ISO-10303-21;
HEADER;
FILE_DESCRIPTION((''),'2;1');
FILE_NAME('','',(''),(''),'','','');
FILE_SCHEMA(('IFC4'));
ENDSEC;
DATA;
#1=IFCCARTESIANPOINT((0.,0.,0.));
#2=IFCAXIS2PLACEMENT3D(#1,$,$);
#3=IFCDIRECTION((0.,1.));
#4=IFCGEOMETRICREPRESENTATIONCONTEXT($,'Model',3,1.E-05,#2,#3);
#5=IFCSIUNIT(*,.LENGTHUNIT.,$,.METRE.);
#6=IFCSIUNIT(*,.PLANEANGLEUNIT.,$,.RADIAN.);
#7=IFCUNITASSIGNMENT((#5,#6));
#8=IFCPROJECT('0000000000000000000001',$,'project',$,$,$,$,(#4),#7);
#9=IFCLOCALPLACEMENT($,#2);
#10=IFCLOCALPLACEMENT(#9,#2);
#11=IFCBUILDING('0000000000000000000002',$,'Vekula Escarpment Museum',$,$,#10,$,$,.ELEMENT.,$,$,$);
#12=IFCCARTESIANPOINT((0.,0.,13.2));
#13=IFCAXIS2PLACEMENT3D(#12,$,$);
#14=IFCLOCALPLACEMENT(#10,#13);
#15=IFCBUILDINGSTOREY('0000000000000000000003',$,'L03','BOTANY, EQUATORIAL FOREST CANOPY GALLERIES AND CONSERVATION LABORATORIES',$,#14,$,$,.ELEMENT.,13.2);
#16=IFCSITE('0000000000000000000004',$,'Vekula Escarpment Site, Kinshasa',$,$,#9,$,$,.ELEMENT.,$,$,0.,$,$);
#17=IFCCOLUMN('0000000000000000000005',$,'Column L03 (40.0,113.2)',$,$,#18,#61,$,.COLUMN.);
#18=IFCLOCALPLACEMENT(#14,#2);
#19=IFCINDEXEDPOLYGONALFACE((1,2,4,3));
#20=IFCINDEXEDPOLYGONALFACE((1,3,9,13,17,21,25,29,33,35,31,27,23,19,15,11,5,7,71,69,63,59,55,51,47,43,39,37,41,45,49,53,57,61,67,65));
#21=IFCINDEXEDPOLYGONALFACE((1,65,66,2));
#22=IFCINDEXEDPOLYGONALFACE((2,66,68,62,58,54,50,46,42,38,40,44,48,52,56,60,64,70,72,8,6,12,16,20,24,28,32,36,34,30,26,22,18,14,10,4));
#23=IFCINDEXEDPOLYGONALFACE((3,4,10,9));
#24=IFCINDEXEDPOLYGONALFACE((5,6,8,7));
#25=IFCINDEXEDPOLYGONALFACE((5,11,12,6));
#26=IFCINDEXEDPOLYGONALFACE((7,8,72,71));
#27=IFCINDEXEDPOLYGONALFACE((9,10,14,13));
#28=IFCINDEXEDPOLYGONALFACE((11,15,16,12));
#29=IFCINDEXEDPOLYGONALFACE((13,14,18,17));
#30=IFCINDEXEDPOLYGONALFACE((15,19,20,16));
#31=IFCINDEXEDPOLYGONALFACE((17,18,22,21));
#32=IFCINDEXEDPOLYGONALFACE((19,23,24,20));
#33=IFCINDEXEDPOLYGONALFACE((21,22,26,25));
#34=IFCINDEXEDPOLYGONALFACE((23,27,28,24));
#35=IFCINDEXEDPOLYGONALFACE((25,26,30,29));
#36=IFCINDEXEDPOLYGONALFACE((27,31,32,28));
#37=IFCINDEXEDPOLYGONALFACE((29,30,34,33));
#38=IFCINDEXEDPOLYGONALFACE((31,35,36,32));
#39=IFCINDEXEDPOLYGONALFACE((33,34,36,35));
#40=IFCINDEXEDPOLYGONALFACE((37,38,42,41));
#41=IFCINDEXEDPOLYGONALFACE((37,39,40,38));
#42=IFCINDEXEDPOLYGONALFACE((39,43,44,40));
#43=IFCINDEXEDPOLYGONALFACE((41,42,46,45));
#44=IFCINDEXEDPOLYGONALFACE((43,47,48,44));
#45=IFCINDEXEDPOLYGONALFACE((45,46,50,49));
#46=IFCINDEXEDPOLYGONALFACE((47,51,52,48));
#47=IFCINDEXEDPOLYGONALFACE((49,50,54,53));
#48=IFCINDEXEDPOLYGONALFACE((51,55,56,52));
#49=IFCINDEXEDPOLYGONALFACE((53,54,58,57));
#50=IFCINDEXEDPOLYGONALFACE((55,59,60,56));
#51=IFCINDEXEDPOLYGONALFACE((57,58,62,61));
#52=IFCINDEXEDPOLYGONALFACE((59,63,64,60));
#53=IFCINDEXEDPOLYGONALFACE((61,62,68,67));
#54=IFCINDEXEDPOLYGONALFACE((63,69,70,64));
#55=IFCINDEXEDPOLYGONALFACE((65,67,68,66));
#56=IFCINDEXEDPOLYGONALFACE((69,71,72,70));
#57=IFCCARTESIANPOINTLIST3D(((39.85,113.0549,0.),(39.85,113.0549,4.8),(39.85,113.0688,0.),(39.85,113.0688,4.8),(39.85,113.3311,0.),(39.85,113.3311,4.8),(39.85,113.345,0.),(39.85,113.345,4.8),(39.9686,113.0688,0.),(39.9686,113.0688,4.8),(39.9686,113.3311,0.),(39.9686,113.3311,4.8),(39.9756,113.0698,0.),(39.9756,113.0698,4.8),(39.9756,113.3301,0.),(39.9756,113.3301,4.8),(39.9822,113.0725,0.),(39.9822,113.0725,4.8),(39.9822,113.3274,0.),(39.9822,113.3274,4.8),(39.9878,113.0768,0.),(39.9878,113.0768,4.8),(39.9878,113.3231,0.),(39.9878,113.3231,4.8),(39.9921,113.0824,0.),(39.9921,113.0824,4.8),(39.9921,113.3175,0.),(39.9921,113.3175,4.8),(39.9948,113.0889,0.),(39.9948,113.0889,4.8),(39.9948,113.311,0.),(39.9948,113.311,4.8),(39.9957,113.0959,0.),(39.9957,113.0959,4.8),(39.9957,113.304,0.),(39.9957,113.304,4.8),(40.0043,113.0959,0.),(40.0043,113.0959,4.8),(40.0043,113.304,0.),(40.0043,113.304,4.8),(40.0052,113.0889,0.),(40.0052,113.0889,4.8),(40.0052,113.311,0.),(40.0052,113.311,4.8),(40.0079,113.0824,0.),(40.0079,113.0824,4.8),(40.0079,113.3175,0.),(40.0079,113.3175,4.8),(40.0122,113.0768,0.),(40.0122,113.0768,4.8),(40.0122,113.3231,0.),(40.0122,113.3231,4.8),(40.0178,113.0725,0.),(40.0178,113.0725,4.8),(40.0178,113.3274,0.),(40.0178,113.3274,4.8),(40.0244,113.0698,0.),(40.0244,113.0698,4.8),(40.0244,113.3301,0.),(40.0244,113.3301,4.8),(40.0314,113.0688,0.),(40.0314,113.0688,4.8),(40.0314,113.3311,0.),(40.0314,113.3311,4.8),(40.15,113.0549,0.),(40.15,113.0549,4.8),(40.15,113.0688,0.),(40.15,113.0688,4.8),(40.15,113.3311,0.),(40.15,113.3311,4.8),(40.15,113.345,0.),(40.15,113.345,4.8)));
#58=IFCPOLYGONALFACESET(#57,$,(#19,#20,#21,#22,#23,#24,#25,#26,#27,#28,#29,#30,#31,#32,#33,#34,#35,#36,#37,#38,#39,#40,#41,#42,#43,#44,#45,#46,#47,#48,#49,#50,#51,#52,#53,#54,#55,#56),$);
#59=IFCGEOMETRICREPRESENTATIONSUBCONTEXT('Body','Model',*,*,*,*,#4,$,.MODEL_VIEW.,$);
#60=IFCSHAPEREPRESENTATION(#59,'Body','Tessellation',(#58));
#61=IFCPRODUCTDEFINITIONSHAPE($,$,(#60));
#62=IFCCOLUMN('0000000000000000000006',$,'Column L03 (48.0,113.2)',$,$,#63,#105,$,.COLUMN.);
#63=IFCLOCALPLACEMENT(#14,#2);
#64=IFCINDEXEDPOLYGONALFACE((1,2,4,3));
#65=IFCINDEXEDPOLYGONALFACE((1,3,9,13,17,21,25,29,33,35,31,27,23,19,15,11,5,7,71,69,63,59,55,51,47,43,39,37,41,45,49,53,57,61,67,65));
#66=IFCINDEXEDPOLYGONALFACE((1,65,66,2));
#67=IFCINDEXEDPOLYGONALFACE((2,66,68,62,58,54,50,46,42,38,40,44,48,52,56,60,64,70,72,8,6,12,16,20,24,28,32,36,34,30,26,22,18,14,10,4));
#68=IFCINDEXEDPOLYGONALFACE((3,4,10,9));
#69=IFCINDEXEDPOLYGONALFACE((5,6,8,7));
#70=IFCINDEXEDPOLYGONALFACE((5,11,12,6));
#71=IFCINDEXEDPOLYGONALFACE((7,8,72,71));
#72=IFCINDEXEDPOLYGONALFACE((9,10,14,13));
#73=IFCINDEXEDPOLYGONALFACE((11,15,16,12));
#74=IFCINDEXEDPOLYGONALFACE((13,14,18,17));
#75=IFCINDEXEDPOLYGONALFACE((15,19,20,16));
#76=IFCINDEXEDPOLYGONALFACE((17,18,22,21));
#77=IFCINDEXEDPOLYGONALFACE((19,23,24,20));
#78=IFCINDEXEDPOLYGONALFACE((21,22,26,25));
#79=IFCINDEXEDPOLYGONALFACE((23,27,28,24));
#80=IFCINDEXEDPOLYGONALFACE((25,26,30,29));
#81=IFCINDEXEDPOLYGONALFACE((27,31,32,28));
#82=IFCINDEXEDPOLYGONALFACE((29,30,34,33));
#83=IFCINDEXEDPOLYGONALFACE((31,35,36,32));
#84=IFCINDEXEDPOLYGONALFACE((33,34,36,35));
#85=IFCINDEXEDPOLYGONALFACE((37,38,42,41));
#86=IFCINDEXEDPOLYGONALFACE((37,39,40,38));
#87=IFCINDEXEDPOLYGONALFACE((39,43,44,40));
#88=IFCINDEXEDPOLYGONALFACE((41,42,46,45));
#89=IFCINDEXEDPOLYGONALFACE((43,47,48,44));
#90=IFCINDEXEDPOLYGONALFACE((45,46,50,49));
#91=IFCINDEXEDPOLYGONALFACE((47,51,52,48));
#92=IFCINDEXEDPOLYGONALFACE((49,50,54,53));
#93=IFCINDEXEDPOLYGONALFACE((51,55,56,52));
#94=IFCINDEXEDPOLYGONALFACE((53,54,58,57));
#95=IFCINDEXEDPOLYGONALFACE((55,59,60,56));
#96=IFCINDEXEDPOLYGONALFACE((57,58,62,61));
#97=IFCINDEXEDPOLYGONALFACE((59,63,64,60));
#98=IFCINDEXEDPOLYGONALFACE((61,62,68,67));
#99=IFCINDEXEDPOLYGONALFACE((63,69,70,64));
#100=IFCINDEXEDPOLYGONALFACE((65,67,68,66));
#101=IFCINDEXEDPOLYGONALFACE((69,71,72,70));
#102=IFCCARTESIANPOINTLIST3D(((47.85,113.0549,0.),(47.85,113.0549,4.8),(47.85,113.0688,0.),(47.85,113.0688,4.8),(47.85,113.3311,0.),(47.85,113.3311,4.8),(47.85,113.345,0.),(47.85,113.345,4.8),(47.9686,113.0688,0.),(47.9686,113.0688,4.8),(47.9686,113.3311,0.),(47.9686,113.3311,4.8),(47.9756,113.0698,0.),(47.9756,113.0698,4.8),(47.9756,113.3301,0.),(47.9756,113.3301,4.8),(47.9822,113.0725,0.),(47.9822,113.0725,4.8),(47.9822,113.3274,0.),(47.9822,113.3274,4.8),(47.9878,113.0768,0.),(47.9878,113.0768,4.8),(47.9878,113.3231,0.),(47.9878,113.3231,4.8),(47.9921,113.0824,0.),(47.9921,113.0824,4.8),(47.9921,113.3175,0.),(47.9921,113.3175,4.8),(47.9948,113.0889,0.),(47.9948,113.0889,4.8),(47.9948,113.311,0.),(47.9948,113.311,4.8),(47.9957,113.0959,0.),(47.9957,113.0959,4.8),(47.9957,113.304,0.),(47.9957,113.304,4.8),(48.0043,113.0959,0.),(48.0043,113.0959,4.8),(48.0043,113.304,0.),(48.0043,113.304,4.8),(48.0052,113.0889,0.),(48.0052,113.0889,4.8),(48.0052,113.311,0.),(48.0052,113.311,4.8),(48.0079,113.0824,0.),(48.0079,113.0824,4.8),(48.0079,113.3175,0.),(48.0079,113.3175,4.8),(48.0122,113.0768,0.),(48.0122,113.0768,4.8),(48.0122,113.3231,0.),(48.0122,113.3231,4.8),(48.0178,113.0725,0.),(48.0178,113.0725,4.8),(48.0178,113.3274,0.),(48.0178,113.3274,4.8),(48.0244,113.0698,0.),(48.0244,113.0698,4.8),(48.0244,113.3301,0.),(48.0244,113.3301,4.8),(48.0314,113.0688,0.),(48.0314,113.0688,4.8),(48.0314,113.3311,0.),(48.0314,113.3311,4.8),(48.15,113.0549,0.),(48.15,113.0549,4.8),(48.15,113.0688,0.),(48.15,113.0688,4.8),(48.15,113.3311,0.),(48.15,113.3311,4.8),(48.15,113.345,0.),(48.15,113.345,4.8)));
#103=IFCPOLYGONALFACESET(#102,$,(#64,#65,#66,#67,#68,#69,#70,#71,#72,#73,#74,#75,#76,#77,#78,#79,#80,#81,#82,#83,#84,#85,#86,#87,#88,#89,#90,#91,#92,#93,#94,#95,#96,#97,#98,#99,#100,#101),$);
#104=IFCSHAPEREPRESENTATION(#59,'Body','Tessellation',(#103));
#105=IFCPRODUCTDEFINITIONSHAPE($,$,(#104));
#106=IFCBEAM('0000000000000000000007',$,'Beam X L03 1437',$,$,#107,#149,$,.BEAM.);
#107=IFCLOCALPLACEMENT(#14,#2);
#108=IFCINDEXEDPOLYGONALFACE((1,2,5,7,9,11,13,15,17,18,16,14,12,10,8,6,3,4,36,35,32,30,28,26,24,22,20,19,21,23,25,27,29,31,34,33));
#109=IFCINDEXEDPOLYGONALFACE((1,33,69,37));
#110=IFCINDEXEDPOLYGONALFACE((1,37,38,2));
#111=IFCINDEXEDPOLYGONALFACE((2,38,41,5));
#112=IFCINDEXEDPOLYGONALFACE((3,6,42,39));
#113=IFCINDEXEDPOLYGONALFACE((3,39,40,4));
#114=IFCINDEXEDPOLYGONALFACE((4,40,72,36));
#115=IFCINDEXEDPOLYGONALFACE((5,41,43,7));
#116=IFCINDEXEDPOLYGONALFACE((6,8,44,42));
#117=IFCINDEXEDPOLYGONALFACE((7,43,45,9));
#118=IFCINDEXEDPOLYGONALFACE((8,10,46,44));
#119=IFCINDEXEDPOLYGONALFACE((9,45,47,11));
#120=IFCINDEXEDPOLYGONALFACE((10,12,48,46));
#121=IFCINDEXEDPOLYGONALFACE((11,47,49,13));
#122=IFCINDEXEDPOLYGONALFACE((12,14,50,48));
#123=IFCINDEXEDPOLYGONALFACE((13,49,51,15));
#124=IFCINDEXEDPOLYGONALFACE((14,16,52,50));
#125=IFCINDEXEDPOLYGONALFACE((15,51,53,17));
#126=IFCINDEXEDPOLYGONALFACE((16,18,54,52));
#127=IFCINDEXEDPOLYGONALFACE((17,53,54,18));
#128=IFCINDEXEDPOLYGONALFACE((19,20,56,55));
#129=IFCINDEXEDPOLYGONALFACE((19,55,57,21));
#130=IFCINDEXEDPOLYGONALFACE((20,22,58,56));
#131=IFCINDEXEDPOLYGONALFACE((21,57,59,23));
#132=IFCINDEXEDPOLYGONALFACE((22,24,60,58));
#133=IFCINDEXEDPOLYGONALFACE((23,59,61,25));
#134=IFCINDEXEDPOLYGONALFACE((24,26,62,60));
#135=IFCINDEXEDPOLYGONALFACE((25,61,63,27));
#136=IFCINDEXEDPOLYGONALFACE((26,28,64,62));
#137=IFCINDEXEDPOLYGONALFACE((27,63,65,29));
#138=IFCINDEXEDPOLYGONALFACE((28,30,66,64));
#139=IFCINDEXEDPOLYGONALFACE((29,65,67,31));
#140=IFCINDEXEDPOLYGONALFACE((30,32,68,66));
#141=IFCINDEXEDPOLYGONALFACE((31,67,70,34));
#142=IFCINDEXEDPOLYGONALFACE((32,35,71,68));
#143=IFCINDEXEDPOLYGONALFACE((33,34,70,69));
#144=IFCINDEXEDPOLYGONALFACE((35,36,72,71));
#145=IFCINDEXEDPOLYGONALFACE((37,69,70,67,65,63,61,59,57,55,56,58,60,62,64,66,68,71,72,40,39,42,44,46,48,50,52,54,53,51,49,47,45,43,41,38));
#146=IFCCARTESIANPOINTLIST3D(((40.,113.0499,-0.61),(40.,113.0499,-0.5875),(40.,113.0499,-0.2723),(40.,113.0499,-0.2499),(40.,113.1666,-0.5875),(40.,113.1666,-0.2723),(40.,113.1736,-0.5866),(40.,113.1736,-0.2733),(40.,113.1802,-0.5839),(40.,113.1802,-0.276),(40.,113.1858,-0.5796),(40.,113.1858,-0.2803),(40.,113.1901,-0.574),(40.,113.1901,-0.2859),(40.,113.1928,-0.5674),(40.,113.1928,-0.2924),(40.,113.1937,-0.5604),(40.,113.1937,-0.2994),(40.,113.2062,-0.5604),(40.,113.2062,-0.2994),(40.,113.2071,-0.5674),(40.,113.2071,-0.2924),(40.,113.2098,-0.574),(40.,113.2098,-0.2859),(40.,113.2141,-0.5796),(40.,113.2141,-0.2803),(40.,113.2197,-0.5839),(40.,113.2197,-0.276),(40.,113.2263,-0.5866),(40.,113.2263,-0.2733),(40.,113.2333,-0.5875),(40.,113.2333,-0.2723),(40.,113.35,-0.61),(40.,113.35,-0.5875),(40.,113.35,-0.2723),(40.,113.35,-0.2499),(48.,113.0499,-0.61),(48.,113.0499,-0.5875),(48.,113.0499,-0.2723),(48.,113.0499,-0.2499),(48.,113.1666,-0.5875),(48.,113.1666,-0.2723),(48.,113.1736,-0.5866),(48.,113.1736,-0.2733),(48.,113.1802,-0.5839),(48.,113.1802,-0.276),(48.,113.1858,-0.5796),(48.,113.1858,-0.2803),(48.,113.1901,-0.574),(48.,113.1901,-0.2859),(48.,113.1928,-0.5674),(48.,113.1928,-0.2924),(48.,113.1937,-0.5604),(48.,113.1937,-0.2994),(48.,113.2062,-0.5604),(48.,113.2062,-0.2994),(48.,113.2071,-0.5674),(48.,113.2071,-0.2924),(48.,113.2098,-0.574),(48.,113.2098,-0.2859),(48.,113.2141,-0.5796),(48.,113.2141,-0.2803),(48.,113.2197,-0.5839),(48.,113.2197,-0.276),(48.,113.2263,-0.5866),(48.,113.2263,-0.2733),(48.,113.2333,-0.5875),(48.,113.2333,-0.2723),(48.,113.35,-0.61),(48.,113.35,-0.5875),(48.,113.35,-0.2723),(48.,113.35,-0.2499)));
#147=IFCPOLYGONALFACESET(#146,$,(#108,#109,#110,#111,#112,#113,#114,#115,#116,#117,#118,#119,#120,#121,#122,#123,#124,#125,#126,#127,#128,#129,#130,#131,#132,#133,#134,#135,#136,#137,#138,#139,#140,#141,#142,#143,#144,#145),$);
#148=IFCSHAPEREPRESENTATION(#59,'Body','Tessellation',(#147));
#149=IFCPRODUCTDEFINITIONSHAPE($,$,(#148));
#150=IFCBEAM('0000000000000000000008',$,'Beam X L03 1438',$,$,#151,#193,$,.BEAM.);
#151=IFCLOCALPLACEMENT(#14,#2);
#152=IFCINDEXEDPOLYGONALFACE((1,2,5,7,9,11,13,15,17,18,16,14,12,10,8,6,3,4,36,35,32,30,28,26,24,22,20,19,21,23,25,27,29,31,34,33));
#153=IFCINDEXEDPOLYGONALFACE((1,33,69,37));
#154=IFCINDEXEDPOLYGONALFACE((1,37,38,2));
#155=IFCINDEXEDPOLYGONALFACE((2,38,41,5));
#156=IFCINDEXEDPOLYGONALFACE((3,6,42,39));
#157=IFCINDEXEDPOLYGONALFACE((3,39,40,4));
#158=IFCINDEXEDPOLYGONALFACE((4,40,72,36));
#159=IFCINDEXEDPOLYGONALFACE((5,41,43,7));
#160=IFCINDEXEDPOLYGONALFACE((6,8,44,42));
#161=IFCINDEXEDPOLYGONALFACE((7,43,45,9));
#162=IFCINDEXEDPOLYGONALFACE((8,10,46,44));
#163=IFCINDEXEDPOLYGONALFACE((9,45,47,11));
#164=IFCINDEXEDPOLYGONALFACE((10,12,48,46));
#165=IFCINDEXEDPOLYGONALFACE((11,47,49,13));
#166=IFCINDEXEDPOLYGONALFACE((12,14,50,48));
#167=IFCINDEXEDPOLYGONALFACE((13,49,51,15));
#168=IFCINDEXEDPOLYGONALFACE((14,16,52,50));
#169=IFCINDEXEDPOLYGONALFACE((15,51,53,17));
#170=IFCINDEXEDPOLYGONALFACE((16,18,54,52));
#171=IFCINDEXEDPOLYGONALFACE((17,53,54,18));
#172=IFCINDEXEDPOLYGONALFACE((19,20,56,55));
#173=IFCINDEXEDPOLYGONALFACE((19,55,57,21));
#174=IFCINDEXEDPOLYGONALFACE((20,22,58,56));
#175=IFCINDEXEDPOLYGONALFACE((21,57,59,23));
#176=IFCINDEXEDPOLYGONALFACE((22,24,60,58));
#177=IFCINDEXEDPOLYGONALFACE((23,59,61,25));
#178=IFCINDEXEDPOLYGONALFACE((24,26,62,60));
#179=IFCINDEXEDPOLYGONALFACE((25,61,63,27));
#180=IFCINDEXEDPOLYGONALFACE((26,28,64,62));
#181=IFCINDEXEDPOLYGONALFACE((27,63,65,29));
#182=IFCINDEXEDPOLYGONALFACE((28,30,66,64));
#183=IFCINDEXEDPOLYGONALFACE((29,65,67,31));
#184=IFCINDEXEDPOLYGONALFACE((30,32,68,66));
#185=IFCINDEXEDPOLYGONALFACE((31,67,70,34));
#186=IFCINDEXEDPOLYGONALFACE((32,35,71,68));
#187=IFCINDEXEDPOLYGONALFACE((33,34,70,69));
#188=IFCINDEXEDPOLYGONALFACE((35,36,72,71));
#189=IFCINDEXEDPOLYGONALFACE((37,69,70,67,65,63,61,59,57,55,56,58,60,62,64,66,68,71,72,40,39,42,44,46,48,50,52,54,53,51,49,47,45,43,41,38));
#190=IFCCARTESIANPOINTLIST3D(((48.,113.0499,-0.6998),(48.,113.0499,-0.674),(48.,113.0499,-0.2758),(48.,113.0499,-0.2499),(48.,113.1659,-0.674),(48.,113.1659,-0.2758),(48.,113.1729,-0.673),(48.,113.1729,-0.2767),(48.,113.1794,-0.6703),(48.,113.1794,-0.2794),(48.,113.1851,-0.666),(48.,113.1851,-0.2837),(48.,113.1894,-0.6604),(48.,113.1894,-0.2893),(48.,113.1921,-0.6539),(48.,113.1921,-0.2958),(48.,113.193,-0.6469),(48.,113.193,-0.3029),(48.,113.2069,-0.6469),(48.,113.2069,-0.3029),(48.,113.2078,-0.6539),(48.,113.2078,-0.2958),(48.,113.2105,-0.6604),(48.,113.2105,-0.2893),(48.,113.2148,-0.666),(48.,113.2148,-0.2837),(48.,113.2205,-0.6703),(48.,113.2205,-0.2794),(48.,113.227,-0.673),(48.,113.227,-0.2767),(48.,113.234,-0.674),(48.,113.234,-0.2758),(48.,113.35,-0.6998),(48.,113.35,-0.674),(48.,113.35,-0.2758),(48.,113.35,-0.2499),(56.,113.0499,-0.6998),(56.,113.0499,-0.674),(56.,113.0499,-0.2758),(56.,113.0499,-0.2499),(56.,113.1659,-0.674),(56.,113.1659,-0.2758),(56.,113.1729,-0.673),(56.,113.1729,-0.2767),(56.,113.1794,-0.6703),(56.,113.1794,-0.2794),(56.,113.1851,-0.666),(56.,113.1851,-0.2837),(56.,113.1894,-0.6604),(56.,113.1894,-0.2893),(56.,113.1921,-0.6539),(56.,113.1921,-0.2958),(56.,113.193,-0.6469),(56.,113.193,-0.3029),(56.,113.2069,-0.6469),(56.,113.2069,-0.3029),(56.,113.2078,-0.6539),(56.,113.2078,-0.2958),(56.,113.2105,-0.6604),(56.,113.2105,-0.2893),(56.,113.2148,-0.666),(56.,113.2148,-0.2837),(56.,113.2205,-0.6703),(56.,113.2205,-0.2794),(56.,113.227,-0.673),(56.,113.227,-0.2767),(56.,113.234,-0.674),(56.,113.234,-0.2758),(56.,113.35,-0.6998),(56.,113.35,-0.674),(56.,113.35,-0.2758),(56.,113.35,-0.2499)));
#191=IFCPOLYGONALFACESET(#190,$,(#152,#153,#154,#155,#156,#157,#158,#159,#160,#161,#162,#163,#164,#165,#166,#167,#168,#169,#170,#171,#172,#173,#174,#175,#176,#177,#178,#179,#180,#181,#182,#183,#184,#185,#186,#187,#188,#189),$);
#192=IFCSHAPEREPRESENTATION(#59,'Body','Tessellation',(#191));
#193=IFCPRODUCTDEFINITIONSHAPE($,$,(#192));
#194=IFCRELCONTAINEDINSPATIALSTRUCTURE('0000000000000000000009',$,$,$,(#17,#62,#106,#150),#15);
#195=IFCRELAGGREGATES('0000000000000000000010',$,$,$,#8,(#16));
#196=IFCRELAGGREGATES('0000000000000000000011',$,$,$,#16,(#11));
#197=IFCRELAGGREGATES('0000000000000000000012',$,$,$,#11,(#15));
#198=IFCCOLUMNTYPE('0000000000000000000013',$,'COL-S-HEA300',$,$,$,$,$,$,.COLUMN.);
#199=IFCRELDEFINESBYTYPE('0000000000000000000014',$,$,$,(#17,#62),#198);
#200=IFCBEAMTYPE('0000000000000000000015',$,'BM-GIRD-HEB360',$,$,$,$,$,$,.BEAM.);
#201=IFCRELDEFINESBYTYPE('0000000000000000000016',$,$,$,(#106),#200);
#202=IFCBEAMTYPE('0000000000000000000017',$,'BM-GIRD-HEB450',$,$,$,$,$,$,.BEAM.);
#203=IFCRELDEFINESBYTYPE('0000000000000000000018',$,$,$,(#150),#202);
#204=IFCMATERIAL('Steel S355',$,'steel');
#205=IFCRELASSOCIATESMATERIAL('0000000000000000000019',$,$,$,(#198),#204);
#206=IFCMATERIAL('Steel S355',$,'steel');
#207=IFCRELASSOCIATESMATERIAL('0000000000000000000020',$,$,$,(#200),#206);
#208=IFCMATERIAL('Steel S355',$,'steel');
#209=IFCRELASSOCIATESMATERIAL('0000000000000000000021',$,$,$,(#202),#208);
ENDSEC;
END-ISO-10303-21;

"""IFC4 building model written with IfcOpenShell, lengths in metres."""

from ifc_helpers import new_model, si_unit, direction, frame, origin, origin_2d, place, context, subcontext, project, spatial, i_section, extrude, material, material_profile, profile_set, type_object, element, save


model = new_model("IFC4")

# Units and contexts
model_context = context("Model", 3, precision=1e-05, world=origin(), true_north=direction((0.0, 1.0)))
body_context = subcontext(model_context, "Body", "Model", "MODEL_VIEW")
ifc_project = project(units=[si_unit("LENGTHUNIT", "METRE"), si_unit("PLANEANGLEUNIT", "RADIAN")], contexts=[model_context])

# Site, building, storey
site_placement = place(None, origin())
site = spatial("IfcSite", under=ifc_project, at=site_placement, Name="Vekula Escarpment Site, Kinshasa", CompositionType="ELEMENT", RefElevation=0.0)
building_placement = place(site_placement, origin())
building = spatial("IfcBuilding", under=site, at=building_placement, Name="Vekula Escarpment Museum", CompositionType="ELEMENT")
storey_placement = place(building_placement, frame((0.0, 0.0, 13.2)))
storey = spatial("IfcBuildingStorey", under=building, at=storey_placement, Name="L03", Description="BOTANY, EQUATORIAL FOREST CANOPY GALLERIES AND CONSERVATION LABORATORIES", CompositionType="ELEMENT", Elevation=13.2)

# Columns
ifc_material_1 = material(Name="Steel S355", Category="steel")
ifc_material_profile_1 = material_profile(ifc_material_1, i_section(OverallWidth=0.3, OverallDepth=0.29, WebThickness=0.0085, FlangeThickness=0.0139, FilletRadius=0.0271, at=origin_2d()), Name="HEA 300")
ifc_profile_set_1 = profile_set([ifc_material_profile_1], Name="Steel S355")
column_type = type_object("IfcColumnType", Name="COL-S-HEA300", PredefinedType="COLUMN", material=ifc_profile_set_1)
for number, where, z_axis, x_axis, name in (
    (1, (40.0, 113.2, 0.0), (0.0, 0.0, 1.0), (1.0, 0.0, 0.0), "Column L03 (40.0,113.2)"),
    (2, (48.0, 113.2, 0.0), (0.0, 0.0, 1.0), (1.0, 0.0, 0.0), "Column L03 (48.0,113.2)"),
):
    element("IfcColumn", number, at=place(storey_placement, frame(where, z_axis=z_axis, x_axis=x_axis)), inside=storey, type_object=column_type, Name=name, PredefinedType="COLUMN", context=body_context, shape_type="SweptSolid", body=[
        extrude(i_section(OverallWidth=0.3, OverallDepth=0.29, WebThickness=0.0085, FlangeThickness=0.0139, FilletRadius=0.0271, at=origin_2d()), origin(), (0.0, 0.0, 1.0), 4.8),
    ])

# Beams
ifc_material_2 = material(Name="Steel S355", Category="steel")
ifc_material_profile_2 = material_profile(ifc_material_2, i_section(OverallWidth=0.3, OverallDepth=0.3601, WebThickness=0.0125, FlangeThickness=0.0225, FilletRadius=0.0271, at=origin_2d()), Name="HEB 360")
ifc_profile_set_2 = profile_set([ifc_material_profile_2], Name="Steel S355")
beam_type_1 = type_object("IfcBeamType", Name="BM-GIRD-HEB360", PredefinedType="BEAM", material=ifc_profile_set_2)
beam_1_placement = place(storey_placement, frame((40.0, 113.2, -0.4299), z_axis=(1.0, 0.0, 0.0), x_axis=(0.0, 1.0, 0.0)))
element("IfcBeam", 3, at=beam_1_placement, inside=storey, type_object=beam_type_1, Name="Beam X L03 1437", PredefinedType="BEAM", context=body_context, shape_type="SweptSolid", body=[
    extrude(i_section(OverallWidth=0.3, OverallDepth=0.3601, WebThickness=0.0125, FlangeThickness=0.0225, FilletRadius=0.0271, at=origin_2d()), origin(), (0.0, 0.0, 1.0), 8.0),
])
ifc_material_3 = material(Name="Steel S355", Category="steel")
ifc_material_profile_3 = material_profile(ifc_material_3, i_section(OverallWidth=0.3, OverallDepth=0.45, WebThickness=0.0139, FlangeThickness=0.0259, FilletRadius=0.0271, at=origin_2d()), Name="HEB 450")
ifc_profile_set_3 = profile_set([ifc_material_profile_3], Name="Steel S355")
beam_type_2 = type_object("IfcBeamType", Name="BM-GIRD-HEB450", PredefinedType="BEAM", material=ifc_profile_set_3)
beam_2_placement = place(storey_placement, frame((48.0, 113.2, -0.4749), z_axis=(1.0, 0.0, 0.0), x_axis=(0.0, 1.0, 0.0)))
element("IfcBeam", 4, at=beam_2_placement, inside=storey, type_object=beam_type_2, Name="Beam X L03 1438", PredefinedType="BEAM", context=body_context, shape_type="SweptSolid", body=[
    extrude(i_section(OverallWidth=0.3, OverallDepth=0.45, WebThickness=0.0139, FlangeThickness=0.0259, FilletRadius=0.0271, at=origin_2d()), origin(), (0.0, 0.0, 1.0), 8.0),
])

save(model, "model.ifc")
